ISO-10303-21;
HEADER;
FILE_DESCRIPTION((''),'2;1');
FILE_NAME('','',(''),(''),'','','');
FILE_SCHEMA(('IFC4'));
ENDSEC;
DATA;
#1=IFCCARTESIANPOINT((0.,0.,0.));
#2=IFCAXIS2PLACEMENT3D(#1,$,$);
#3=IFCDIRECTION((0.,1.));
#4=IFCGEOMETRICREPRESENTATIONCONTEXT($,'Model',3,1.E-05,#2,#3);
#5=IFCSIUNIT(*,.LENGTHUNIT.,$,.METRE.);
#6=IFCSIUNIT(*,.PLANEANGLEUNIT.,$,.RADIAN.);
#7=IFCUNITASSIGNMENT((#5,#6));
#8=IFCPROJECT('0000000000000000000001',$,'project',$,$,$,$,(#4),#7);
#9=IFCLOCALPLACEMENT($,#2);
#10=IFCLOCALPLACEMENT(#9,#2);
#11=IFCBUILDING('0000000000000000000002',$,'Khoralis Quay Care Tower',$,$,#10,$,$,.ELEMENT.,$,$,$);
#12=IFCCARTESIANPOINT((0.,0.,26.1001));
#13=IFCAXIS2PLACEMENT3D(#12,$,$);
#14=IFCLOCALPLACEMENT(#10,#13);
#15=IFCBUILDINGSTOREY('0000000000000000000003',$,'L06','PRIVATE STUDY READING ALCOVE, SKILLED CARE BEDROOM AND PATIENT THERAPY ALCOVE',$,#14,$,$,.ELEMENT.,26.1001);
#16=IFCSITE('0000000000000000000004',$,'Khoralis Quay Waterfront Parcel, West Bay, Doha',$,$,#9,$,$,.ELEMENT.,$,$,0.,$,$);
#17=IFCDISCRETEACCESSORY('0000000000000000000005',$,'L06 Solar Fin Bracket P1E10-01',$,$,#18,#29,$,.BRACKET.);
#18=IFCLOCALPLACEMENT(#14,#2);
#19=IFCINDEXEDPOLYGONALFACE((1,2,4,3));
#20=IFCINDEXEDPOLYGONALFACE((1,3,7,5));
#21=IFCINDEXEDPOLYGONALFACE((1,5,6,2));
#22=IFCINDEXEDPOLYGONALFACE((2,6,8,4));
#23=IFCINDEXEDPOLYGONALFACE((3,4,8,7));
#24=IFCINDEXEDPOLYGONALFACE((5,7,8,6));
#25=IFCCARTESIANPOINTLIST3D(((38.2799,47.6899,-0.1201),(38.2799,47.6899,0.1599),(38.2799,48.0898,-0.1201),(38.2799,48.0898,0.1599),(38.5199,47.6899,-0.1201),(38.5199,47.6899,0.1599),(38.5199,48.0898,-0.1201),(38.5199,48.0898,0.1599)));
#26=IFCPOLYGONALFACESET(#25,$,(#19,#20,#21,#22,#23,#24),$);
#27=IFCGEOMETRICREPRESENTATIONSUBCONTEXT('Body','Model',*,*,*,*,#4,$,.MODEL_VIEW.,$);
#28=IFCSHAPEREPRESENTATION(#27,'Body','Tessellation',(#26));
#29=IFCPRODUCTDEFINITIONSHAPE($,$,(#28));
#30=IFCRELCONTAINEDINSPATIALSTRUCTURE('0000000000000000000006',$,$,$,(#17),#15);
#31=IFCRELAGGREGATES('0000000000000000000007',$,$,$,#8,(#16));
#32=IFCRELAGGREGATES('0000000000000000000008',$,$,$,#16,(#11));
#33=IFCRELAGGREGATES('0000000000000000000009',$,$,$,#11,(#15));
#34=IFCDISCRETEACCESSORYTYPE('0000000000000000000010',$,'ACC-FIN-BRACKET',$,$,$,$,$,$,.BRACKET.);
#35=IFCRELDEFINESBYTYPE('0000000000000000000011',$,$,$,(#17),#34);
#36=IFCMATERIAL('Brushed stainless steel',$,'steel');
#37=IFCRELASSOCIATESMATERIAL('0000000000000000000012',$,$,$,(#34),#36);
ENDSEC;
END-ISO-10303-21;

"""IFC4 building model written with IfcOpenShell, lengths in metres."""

from ifc_helpers import new_model, si_unit, direction, frame, origin, origin_2d, place, context, subcontext, project, spatial, rectangle, extrude, source, transform, mapped, material, type_object, element, save


model = new_model("IFC4")

# Units and contexts
model_context = context("Model", 3, precision=1e-05, world=origin(), true_north=direction((0.0, 1.0)))
body_context = subcontext(model_context, "Body", "Model", "MODEL_VIEW")
ifc_project = project(units=[si_unit("LENGTHUNIT", "METRE"), si_unit("PLANEANGLEUNIT", "RADIAN")], contexts=[model_context])

# Site, building, storey
site_placement = place(None, origin())
site = spatial("IfcSite", under=ifc_project, at=site_placement, Name="Khoralis Quay Waterfront Parcel, West Bay, Doha", CompositionType="ELEMENT", RefElevation=0.0)
building_placement = place(site_placement, origin())
building = spatial("IfcBuilding", under=site, at=building_placement, Name="Khoralis Quay Care Tower", CompositionType="ELEMENT")
storey_placement = place(building_placement, frame((0.0, 0.0, 26.1001)))
storey = spatial("IfcBuildingStorey", under=building, at=storey_placement, Name="L06", Description="PRIVATE STUDY READING ALCOVE, SKILLED CARE BEDROOM AND PATIENT THERAPY ALCOVE", CompositionType="ELEMENT", Elevation=26.1001)

# Discrete accessory
ifc_material_1 = material(Name="Brushed stainless steel", Category="steel")
discrete_accessory_type = type_object("IfcDiscreteAccessoryType", Name="ACC-FIN-BRACKET", PredefinedType="BRACKET", material=ifc_material_1)
shared_shape_1 = source(origin(), body_context, "Body", "SweptSolid", [
    extrude(rectangle(XDim=0.3999, YDim=0.24, at=origin_2d()), origin(), (0.0, 0.0, 1.0), 0.28),
])
discrete_accessory_placement = place(storey_placement, frame((38.3999, 47.8899, -0.1201), z_axis=(0.0, 0.0, 1.0), x_axis=(0.0, 1.0, 0.0)))
element("IfcDiscreteAccessory", 1, at=discrete_accessory_placement, inside=storey, type_object=discrete_accessory_type, Name="L06 Solar Fin Bracket P1E10-01", PredefinedType="BRACKET", context=body_context, shape_type="MappedRepresentation", body=[
    mapped(shared_shape_1, transform((0.0, 0.0, 0.0), scale=1.0)),
])

save(model, "model.ifc")
